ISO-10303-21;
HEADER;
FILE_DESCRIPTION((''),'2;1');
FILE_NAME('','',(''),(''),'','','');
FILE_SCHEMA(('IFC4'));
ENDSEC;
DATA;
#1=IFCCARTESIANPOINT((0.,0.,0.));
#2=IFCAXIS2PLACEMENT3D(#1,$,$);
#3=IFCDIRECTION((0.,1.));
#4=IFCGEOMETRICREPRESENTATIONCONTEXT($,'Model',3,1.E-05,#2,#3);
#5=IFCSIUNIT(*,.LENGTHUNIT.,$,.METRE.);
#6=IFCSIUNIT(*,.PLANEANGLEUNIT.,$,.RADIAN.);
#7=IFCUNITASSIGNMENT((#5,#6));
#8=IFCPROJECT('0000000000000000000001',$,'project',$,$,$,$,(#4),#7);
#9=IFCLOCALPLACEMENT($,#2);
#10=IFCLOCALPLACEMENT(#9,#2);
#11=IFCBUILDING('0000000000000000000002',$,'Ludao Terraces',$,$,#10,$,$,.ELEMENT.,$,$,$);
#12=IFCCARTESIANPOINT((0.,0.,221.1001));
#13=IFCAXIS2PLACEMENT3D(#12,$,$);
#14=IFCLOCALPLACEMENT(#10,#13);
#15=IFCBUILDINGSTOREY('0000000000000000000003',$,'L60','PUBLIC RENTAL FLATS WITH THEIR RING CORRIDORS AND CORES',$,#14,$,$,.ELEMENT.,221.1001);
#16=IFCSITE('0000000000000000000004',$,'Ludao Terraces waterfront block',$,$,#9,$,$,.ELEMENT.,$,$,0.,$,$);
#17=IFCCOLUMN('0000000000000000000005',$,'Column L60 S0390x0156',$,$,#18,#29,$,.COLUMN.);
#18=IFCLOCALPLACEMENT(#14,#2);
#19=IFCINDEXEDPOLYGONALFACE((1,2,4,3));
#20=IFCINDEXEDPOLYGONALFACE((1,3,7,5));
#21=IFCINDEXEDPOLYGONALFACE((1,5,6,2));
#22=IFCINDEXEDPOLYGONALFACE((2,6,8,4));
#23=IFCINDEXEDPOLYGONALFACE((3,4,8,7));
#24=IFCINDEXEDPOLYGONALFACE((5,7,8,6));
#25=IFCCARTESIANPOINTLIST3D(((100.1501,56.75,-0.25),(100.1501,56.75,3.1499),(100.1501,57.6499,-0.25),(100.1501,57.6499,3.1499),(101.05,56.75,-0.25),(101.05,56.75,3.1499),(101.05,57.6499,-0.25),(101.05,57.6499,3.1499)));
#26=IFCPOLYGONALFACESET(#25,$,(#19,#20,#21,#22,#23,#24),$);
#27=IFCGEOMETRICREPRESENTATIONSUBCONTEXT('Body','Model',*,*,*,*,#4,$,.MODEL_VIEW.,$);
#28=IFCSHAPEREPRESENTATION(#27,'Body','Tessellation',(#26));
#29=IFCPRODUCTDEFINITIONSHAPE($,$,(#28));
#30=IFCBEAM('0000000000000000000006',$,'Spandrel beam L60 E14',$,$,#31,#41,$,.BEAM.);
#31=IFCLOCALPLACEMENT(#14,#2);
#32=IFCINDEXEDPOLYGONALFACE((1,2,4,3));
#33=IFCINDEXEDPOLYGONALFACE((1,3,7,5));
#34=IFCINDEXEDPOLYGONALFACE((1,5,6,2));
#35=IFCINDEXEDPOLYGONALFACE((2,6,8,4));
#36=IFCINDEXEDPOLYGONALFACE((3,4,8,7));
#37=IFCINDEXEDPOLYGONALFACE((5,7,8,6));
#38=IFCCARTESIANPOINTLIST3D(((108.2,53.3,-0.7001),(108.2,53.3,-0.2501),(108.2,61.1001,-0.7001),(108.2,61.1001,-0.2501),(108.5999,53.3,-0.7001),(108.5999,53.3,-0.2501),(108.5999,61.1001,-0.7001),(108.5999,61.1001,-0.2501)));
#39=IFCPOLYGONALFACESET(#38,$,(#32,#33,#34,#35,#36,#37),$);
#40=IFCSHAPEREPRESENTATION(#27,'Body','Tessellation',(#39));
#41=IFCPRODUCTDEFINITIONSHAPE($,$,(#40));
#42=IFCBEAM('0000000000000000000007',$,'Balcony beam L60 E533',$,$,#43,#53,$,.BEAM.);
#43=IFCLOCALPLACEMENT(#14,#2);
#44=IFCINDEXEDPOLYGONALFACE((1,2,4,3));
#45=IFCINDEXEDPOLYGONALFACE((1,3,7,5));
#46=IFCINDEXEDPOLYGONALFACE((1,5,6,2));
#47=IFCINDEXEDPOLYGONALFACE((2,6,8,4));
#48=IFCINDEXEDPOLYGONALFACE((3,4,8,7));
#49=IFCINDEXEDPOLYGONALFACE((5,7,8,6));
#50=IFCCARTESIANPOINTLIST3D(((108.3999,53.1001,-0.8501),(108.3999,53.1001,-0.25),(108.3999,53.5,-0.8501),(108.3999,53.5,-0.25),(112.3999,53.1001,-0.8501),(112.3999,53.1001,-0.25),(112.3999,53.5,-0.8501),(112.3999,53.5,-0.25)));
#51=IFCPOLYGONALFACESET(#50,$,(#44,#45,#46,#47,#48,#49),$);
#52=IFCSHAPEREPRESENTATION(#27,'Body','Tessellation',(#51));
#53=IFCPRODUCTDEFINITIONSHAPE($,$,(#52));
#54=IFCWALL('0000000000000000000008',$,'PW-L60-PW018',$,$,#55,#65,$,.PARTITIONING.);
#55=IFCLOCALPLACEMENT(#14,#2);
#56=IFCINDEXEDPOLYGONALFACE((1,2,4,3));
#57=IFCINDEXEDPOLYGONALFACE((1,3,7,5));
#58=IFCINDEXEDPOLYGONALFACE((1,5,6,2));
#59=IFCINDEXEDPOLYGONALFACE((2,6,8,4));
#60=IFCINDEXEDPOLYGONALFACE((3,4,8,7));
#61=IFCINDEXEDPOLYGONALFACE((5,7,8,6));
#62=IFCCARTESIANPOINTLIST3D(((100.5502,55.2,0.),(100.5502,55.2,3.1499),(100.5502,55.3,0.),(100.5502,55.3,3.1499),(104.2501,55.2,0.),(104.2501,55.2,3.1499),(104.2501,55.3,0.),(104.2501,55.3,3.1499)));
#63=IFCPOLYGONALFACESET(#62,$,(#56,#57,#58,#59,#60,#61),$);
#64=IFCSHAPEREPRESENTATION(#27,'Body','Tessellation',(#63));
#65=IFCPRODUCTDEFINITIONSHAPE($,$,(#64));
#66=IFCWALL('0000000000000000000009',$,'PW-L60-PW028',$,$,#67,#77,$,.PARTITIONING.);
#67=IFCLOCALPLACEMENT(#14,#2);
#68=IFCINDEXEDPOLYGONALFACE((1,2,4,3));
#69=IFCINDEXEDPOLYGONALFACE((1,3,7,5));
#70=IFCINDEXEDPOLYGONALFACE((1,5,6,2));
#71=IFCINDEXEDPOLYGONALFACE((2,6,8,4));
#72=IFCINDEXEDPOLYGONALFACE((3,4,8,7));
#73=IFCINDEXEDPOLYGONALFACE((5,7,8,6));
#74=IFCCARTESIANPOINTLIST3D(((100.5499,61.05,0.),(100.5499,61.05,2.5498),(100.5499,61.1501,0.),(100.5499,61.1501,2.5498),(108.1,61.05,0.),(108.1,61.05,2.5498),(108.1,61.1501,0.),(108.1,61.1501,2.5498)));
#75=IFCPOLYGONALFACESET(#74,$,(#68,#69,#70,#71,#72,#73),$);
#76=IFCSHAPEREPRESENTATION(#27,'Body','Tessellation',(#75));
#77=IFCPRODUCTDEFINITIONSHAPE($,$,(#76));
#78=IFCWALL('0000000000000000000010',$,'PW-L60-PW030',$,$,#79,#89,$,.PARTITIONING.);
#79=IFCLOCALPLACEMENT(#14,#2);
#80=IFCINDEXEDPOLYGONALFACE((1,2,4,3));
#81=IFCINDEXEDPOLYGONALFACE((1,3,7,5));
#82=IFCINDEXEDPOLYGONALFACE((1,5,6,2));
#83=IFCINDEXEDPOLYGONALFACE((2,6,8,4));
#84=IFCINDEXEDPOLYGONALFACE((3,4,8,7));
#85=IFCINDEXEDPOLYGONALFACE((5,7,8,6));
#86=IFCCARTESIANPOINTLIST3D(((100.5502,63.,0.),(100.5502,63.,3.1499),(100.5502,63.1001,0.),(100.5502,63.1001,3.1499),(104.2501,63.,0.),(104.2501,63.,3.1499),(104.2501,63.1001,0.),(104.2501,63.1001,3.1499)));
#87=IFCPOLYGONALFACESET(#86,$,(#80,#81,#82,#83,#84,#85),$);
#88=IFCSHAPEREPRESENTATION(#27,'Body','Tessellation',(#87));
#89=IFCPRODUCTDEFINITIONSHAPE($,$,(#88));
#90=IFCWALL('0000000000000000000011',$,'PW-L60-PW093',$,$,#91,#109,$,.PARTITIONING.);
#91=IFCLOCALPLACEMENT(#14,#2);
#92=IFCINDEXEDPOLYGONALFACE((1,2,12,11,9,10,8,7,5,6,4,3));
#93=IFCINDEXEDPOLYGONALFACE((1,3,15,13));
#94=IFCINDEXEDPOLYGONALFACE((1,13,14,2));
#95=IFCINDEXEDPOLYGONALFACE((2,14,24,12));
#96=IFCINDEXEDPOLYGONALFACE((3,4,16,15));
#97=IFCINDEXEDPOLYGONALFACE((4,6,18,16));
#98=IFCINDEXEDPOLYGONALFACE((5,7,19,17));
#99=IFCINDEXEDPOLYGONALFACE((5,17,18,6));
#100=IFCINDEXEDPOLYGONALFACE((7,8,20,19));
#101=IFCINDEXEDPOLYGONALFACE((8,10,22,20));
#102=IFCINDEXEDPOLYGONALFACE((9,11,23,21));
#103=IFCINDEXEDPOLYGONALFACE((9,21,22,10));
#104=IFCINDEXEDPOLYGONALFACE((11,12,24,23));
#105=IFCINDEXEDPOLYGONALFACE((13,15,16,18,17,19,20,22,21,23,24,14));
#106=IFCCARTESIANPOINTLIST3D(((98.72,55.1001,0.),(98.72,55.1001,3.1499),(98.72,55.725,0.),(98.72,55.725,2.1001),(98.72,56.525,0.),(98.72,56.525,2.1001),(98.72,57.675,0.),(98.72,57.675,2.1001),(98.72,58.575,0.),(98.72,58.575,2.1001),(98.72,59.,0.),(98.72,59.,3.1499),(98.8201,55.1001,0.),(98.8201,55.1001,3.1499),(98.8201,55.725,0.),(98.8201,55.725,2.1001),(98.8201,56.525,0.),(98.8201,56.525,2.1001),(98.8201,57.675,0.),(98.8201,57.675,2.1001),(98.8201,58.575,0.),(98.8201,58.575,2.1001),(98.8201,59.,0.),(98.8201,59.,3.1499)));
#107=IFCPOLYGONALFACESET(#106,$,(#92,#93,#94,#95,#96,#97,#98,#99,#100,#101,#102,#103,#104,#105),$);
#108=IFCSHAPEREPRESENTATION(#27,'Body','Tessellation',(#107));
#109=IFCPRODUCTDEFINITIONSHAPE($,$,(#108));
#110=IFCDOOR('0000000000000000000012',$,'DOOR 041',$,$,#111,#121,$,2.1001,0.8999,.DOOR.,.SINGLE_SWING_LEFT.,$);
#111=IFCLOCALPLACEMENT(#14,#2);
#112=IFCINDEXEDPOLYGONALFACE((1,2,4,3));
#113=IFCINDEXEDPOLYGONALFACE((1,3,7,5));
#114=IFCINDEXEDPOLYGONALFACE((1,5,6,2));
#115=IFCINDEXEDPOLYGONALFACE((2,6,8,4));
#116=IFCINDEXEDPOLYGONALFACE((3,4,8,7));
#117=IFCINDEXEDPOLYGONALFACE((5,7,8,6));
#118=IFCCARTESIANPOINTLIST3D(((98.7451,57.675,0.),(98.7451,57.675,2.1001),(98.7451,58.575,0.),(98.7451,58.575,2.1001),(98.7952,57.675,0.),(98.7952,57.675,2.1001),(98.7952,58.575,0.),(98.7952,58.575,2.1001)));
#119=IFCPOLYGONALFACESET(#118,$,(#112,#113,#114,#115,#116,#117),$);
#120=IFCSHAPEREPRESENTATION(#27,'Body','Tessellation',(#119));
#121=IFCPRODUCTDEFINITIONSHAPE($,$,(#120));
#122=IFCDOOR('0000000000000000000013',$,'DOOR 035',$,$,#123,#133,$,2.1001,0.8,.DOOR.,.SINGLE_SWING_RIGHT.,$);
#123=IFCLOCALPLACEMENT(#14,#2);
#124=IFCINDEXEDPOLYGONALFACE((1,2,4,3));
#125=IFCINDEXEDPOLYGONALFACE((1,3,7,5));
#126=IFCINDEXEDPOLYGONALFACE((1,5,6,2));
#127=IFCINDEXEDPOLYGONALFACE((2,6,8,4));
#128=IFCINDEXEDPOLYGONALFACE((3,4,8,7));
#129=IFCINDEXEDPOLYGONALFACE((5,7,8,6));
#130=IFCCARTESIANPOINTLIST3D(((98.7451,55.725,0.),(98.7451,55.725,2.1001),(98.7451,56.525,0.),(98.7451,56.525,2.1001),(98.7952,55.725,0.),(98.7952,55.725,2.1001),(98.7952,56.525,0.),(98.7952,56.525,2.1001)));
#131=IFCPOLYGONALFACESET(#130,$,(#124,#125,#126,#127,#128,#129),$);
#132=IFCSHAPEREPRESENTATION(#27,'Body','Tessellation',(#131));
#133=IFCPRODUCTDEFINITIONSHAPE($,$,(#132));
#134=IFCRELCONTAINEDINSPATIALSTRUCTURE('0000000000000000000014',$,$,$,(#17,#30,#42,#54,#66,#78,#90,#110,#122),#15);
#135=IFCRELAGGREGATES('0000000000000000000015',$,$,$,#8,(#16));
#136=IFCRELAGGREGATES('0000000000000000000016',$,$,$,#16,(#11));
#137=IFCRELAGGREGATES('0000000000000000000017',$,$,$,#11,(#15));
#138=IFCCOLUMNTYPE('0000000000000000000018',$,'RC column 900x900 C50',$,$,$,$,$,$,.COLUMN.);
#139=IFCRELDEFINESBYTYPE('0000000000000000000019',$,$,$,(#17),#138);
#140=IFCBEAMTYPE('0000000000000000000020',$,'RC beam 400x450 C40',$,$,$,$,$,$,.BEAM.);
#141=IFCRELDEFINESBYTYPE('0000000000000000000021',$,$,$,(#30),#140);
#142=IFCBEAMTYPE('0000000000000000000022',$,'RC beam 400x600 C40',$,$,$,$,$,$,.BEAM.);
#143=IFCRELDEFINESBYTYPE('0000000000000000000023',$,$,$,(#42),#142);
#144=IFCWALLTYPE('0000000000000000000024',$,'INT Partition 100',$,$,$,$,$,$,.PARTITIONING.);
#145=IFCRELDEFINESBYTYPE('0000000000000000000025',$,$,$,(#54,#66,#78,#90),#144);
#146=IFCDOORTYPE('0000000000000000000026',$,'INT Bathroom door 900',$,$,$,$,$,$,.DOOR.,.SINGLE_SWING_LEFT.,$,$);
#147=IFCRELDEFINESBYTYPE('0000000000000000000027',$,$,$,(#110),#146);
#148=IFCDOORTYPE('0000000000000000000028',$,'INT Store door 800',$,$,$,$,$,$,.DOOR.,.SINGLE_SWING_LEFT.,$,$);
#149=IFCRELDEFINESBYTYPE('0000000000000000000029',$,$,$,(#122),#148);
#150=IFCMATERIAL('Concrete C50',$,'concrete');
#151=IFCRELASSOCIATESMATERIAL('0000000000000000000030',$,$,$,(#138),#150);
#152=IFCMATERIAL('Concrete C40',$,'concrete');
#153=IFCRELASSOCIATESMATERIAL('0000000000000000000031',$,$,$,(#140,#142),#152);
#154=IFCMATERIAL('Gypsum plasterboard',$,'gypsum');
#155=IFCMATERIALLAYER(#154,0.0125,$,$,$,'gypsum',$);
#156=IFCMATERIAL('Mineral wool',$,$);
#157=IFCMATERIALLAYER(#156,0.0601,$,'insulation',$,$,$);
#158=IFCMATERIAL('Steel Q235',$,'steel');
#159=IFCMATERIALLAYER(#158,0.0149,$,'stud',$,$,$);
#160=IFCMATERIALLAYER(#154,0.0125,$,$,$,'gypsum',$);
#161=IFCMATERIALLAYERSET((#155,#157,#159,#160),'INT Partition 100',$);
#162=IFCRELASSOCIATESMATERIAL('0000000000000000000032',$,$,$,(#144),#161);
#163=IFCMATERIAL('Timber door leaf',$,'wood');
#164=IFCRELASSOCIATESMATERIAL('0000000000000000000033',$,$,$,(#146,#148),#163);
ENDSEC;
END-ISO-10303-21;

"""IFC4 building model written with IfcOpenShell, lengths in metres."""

from ifc_helpers import new_model, si_unit, direction, frame, frame_2d, origin, origin_2d, place, context, subcontext, project, spatial, rectangle, extrude, material, layer, layer_set, material_profile, profile_set, type_object, element, fill, save


model = new_model("IFC4")

# Units and contexts
model_context = context("Model", 3, precision=1e-05, world=origin(), true_north=direction((0.0, 1.0)))
body_context = subcontext(model_context, "Body", "Model", "MODEL_VIEW")
ifc_project = project(units=[si_unit("LENGTHUNIT", "METRE"), si_unit("PLANEANGLEUNIT", "RADIAN")], contexts=[model_context])

# Site, building, storey
site_placement = place(None, origin())
site = spatial("IfcSite", under=ifc_project, at=site_placement, Name="Ludao Terraces waterfront block", CompositionType="ELEMENT", RefElevation=0.0)
building_placement = place(site_placement, origin())
building = spatial("IfcBuilding", under=site, at=building_placement, Name="Ludao Terraces", CompositionType="ELEMENT")
storey_placement = place(building_placement, frame((0.0, 0.0, 221.1001)))
storey = spatial("IfcBuildingStorey", under=building, at=storey_placement, Name="L60", Description="PUBLIC RENTAL FLATS WITH THEIR RING CORRIDORS AND CORES", CompositionType="ELEMENT", Elevation=221.1001)

# Column
ifc_material_1 = material(Name="Concrete C50", Category="concrete")
ifc_material_profile_1 = material_profile(ifc_material_1, rectangle(XDim=0.8999, YDim=0.8999, at=origin_2d()), Name="900 X 900")
ifc_profile_set_1 = profile_set([ifc_material_profile_1], Name="Concrete C50")
column_type = type_object("IfcColumnType", Name="RC column 900x900 C50", PredefinedType="COLUMN", material=ifc_profile_set_1)
column_placement = place(storey_placement, frame((100.6001, 57.2, -0.25), z_axis=(0.0, 0.0, 1.0), x_axis=(1.0, 0.0, 0.0)))
element("IfcColumn", 1, at=column_placement, inside=storey, type_object=column_type, Name="Column L60 S0390x0156", PredefinedType="COLUMN", context=body_context, shape_type="SweptSolid", body=[
    extrude(rectangle(XDim=0.8999, YDim=0.8999, at=origin_2d()), origin(), (0.0, 0.0, 1.0), 3.3999),
])

# Beams
ifc_material_2 = material(Name="Concrete C40", Category="concrete")
ifc_material_profile_2 = material_profile(ifc_material_2, rectangle(XDim=0.3999, YDim=0.45, at=origin_2d()), Name="400 X 450")
ifc_profile_set_2 = profile_set([ifc_material_profile_2], Name="Concrete C40")
beam_type_1 = type_object("IfcBeamType", Name="RC beam 400x450 C40", PredefinedType="BEAM", material=ifc_profile_set_2)
beam_1_placement = place(storey_placement, frame((108.3999, 53.3, -0.4751), z_axis=(0.0, 1.0, 0.0), x_axis=(-1.0, 0.0, 0.0)))
element("IfcBeam", 2, at=beam_1_placement, inside=storey, type_object=beam_type_1, Name="Spandrel beam L60 E14", PredefinedType="BEAM", context=body_context, shape_type="SweptSolid", body=[
    extrude(rectangle(XDim=0.3999, YDim=0.45, at=origin_2d()), origin(), (0.0, 0.0, 1.0), 7.8),
])
ifc_material_profile_3 = material_profile(ifc_material_2, rectangle(XDim=0.3999, YDim=0.6001, at=origin_2d()), Name="400 X 600")
ifc_profile_set_3 = profile_set([ifc_material_profile_3], Name="Concrete C40")
beam_type_2 = type_object("IfcBeamType", Name="RC beam 400x600 C40", PredefinedType="BEAM", material=ifc_profile_set_3)
beam_2_placement = place(storey_placement, frame((108.3999, 53.3, -0.55), z_axis=(1.0, 0.0, 0.0), x_axis=(0.0, 1.0, 0.0)))
element("IfcBeam", 3, at=beam_2_placement, inside=storey, type_object=beam_type_2, Name="Balcony beam L60 E533", PredefinedType="BEAM", context=body_context, shape_type="SweptSolid", body=[
    extrude(rectangle(XDim=0.3999, YDim=0.6001, at=origin_2d()), origin(), (0.0, 0.0, 1.0), 4.0),
])

# Shared definitions
ifc_material_3 = material(Name="Mineral wool")

# Walls
ifc_material_4 = material(Name="Gypsum plasterboard", Category="gypsum")
ifc_layer_1 = layer(ifc_material_4, 0.0125, Category="gypsum")
ifc_layer_2 = layer(ifc_material_3, 0.0601, Name="insulation")
ifc_material_5 = material(Name="Steel Q235", Category="steel")
ifc_layer_3 = layer(ifc_material_5, 0.0149, Name="stud")
ifc_layer_4 = layer(ifc_material_4, 0.0125, Category="gypsum")
ifc_layer_set_1 = layer_set([ifc_layer_1, ifc_layer_2, ifc_layer_3, ifc_layer_4], Name="INT Partition 100")
wall_type_1 = type_object("IfcWallType", Name="INT Partition 100", PredefinedType="PARTITIONING", material=ifc_layer_set_1)
wall_1_placement = place(storey_placement, frame((100.55, 55.25, 0.0), z_axis=(0.0, 0.0, 1.0), x_axis=(1.0, 0.0, 0.0)))
element("IfcWall", 4, at=wall_1_placement, inside=storey, type_object=wall_type_1, Name="PW-L60-PW018", PredefinedType="PARTITIONING", context=body_context, shape_type="SweptSolid", body=[
    extrude(rectangle(XDim=3.7, YDim=0.1001, at=frame_2d((1.8501, 0.0))), origin(), (0.0, 0.0, 1.0), 3.1499),
])
wall_2_placement = place(storey_placement, frame((100.55, 61.1001, 0.0), z_axis=(0.0, 0.0, 1.0), x_axis=(1.0, 0.0, 0.0)))
element("IfcWall", 5, at=wall_2_placement, inside=storey, type_object=wall_type_1, Name="PW-L60-PW028", PredefinedType="PARTITIONING", context=body_context, shape_type="SweptSolid", body=[
    extrude(rectangle(XDim=7.55, YDim=0.1001, at=frame_2d((3.7749, 0.0))), origin(), (0.0, 0.0, 1.0), 2.5498),
])
wall_3_placement = place(storey_placement, frame((100.55, 63.05, 0.0), z_axis=(0.0, 0.0, 1.0), x_axis=(1.0, 0.0, 0.0)))
element("IfcWall", 6, at=wall_3_placement, inside=storey, type_object=wall_type_1, Name="PW-L60-PW030", PredefinedType="PARTITIONING", context=body_context, shape_type="SweptSolid", body=[
    extrude(rectangle(XDim=3.7, YDim=0.1001, at=frame_2d((1.8501, 0.0))), origin(), (0.0, 0.0, 1.0), 3.1499),
])

# Wall, openings, doors
wall_4_placement = place(storey_placement, frame((98.77, 55.1001, 0.0), z_axis=(0.0, 0.0, 1.0), x_axis=(0.0, 1.0, 0.0)))
wall_4 = element("IfcWall", 7, at=wall_4_placement, inside=storey, type_object=wall_type_1, Name="PW-L60-PW093", PredefinedType="PARTITIONING", context=body_context, shape_type="SweptSolid", body=[
    extrude(rectangle(XDim=3.8999, YDim=0.1001, at=frame_2d((1.95, 0.0))), origin(), (0.0, 0.0, 1.0), 3.1499),
])
opening_1_placement = place(wall_4_placement, frame((0.625, 0.0, 0.0)))
opening_1 = element("IfcOpeningElement", 8, at=opening_1_placement, cuts=wall_4, PredefinedType="OPENING", context=body_context, shape_type="SweptSolid", body=[
    extrude(rectangle(XDim=0.8, YDim=2.1001, at=frame_2d((0.3999, 1.05))), frame((0.0, 0.0601, 0.0), z_axis=(0.0, -1.0, 0.0), x_axis=(1.0, 0.0, 0.0)), (0.0, 0.0, 1.0), 0.1201),
])
opening_2_placement = place(wall_4_placement, frame((2.575, 0.0, 0.0)))
opening_2 = element("IfcOpeningElement", 9, at=opening_2_placement, cuts=wall_4, PredefinedType="OPENING", context=body_context, shape_type="SweptSolid", body=[
    extrude(rectangle(XDim=0.8999, YDim=2.1001, at=frame_2d((0.45, 1.05))), frame((0.0, 0.0601, 0.0), z_axis=(0.0, -1.0, 0.0), x_axis=(1.0, 0.0, 0.0)), (0.0, 0.0, 1.0), 0.1201),
])
ifc_material_6 = material(Name="Timber door leaf", Category="wood")
door_type_1 = type_object("IfcDoorType", Name="INT Bathroom door 900", OperationType="SINGLE_SWING_LEFT", PredefinedType="DOOR", material=ifc_material_6)
door_1_placement = place(opening_2_placement, origin())
door_1 = element("IfcDoor", 10, at=door_1_placement, inside=storey, type_object=door_type_1, Name="DOOR 041", OperationType="SINGLE_SWING_LEFT", OverallHeight=2.1001, OverallWidth=0.8999, PredefinedType="DOOR", context=body_context, shape_type="SweptSolid", body=[
    extrude(rectangle(XDim=0.8999, YDim=2.1001, at=frame_2d((0.45, 1.05))), frame((0.0, 0.0249, 0.0), z_axis=(0.0, -1.0, 0.0), x_axis=(1.0, 0.0, 0.0)), (0.0, 0.0, 1.0), 0.05),
])
fill(opening_2, door_1)
door_type_2 = type_object("IfcDoorType", Name="INT Store door 800", OperationType="SINGLE_SWING_LEFT", PredefinedType="DOOR", material=ifc_material_6)
door_2_placement = place(opening_1_placement, origin())
door_2 = element("IfcDoor", 11, at=door_2_placement, inside=storey, type_object=door_type_2, Name="DOOR 035", OperationType="SINGLE_SWING_RIGHT", OverallHeight=2.1001, OverallWidth=0.8, PredefinedType="DOOR", context=body_context, shape_type="SweptSolid", body=[
    extrude(rectangle(XDim=0.8, YDim=2.1001, at=frame_2d((0.3999, 1.05))), frame((0.0, 0.0249, 0.0), z_axis=(0.0, -1.0, 0.0), x_axis=(1.0, 0.0, 0.0)), (0.0, 0.0, 1.0), 0.05),
])
fill(opening_1, door_2)

save(model, "model.ifc")
